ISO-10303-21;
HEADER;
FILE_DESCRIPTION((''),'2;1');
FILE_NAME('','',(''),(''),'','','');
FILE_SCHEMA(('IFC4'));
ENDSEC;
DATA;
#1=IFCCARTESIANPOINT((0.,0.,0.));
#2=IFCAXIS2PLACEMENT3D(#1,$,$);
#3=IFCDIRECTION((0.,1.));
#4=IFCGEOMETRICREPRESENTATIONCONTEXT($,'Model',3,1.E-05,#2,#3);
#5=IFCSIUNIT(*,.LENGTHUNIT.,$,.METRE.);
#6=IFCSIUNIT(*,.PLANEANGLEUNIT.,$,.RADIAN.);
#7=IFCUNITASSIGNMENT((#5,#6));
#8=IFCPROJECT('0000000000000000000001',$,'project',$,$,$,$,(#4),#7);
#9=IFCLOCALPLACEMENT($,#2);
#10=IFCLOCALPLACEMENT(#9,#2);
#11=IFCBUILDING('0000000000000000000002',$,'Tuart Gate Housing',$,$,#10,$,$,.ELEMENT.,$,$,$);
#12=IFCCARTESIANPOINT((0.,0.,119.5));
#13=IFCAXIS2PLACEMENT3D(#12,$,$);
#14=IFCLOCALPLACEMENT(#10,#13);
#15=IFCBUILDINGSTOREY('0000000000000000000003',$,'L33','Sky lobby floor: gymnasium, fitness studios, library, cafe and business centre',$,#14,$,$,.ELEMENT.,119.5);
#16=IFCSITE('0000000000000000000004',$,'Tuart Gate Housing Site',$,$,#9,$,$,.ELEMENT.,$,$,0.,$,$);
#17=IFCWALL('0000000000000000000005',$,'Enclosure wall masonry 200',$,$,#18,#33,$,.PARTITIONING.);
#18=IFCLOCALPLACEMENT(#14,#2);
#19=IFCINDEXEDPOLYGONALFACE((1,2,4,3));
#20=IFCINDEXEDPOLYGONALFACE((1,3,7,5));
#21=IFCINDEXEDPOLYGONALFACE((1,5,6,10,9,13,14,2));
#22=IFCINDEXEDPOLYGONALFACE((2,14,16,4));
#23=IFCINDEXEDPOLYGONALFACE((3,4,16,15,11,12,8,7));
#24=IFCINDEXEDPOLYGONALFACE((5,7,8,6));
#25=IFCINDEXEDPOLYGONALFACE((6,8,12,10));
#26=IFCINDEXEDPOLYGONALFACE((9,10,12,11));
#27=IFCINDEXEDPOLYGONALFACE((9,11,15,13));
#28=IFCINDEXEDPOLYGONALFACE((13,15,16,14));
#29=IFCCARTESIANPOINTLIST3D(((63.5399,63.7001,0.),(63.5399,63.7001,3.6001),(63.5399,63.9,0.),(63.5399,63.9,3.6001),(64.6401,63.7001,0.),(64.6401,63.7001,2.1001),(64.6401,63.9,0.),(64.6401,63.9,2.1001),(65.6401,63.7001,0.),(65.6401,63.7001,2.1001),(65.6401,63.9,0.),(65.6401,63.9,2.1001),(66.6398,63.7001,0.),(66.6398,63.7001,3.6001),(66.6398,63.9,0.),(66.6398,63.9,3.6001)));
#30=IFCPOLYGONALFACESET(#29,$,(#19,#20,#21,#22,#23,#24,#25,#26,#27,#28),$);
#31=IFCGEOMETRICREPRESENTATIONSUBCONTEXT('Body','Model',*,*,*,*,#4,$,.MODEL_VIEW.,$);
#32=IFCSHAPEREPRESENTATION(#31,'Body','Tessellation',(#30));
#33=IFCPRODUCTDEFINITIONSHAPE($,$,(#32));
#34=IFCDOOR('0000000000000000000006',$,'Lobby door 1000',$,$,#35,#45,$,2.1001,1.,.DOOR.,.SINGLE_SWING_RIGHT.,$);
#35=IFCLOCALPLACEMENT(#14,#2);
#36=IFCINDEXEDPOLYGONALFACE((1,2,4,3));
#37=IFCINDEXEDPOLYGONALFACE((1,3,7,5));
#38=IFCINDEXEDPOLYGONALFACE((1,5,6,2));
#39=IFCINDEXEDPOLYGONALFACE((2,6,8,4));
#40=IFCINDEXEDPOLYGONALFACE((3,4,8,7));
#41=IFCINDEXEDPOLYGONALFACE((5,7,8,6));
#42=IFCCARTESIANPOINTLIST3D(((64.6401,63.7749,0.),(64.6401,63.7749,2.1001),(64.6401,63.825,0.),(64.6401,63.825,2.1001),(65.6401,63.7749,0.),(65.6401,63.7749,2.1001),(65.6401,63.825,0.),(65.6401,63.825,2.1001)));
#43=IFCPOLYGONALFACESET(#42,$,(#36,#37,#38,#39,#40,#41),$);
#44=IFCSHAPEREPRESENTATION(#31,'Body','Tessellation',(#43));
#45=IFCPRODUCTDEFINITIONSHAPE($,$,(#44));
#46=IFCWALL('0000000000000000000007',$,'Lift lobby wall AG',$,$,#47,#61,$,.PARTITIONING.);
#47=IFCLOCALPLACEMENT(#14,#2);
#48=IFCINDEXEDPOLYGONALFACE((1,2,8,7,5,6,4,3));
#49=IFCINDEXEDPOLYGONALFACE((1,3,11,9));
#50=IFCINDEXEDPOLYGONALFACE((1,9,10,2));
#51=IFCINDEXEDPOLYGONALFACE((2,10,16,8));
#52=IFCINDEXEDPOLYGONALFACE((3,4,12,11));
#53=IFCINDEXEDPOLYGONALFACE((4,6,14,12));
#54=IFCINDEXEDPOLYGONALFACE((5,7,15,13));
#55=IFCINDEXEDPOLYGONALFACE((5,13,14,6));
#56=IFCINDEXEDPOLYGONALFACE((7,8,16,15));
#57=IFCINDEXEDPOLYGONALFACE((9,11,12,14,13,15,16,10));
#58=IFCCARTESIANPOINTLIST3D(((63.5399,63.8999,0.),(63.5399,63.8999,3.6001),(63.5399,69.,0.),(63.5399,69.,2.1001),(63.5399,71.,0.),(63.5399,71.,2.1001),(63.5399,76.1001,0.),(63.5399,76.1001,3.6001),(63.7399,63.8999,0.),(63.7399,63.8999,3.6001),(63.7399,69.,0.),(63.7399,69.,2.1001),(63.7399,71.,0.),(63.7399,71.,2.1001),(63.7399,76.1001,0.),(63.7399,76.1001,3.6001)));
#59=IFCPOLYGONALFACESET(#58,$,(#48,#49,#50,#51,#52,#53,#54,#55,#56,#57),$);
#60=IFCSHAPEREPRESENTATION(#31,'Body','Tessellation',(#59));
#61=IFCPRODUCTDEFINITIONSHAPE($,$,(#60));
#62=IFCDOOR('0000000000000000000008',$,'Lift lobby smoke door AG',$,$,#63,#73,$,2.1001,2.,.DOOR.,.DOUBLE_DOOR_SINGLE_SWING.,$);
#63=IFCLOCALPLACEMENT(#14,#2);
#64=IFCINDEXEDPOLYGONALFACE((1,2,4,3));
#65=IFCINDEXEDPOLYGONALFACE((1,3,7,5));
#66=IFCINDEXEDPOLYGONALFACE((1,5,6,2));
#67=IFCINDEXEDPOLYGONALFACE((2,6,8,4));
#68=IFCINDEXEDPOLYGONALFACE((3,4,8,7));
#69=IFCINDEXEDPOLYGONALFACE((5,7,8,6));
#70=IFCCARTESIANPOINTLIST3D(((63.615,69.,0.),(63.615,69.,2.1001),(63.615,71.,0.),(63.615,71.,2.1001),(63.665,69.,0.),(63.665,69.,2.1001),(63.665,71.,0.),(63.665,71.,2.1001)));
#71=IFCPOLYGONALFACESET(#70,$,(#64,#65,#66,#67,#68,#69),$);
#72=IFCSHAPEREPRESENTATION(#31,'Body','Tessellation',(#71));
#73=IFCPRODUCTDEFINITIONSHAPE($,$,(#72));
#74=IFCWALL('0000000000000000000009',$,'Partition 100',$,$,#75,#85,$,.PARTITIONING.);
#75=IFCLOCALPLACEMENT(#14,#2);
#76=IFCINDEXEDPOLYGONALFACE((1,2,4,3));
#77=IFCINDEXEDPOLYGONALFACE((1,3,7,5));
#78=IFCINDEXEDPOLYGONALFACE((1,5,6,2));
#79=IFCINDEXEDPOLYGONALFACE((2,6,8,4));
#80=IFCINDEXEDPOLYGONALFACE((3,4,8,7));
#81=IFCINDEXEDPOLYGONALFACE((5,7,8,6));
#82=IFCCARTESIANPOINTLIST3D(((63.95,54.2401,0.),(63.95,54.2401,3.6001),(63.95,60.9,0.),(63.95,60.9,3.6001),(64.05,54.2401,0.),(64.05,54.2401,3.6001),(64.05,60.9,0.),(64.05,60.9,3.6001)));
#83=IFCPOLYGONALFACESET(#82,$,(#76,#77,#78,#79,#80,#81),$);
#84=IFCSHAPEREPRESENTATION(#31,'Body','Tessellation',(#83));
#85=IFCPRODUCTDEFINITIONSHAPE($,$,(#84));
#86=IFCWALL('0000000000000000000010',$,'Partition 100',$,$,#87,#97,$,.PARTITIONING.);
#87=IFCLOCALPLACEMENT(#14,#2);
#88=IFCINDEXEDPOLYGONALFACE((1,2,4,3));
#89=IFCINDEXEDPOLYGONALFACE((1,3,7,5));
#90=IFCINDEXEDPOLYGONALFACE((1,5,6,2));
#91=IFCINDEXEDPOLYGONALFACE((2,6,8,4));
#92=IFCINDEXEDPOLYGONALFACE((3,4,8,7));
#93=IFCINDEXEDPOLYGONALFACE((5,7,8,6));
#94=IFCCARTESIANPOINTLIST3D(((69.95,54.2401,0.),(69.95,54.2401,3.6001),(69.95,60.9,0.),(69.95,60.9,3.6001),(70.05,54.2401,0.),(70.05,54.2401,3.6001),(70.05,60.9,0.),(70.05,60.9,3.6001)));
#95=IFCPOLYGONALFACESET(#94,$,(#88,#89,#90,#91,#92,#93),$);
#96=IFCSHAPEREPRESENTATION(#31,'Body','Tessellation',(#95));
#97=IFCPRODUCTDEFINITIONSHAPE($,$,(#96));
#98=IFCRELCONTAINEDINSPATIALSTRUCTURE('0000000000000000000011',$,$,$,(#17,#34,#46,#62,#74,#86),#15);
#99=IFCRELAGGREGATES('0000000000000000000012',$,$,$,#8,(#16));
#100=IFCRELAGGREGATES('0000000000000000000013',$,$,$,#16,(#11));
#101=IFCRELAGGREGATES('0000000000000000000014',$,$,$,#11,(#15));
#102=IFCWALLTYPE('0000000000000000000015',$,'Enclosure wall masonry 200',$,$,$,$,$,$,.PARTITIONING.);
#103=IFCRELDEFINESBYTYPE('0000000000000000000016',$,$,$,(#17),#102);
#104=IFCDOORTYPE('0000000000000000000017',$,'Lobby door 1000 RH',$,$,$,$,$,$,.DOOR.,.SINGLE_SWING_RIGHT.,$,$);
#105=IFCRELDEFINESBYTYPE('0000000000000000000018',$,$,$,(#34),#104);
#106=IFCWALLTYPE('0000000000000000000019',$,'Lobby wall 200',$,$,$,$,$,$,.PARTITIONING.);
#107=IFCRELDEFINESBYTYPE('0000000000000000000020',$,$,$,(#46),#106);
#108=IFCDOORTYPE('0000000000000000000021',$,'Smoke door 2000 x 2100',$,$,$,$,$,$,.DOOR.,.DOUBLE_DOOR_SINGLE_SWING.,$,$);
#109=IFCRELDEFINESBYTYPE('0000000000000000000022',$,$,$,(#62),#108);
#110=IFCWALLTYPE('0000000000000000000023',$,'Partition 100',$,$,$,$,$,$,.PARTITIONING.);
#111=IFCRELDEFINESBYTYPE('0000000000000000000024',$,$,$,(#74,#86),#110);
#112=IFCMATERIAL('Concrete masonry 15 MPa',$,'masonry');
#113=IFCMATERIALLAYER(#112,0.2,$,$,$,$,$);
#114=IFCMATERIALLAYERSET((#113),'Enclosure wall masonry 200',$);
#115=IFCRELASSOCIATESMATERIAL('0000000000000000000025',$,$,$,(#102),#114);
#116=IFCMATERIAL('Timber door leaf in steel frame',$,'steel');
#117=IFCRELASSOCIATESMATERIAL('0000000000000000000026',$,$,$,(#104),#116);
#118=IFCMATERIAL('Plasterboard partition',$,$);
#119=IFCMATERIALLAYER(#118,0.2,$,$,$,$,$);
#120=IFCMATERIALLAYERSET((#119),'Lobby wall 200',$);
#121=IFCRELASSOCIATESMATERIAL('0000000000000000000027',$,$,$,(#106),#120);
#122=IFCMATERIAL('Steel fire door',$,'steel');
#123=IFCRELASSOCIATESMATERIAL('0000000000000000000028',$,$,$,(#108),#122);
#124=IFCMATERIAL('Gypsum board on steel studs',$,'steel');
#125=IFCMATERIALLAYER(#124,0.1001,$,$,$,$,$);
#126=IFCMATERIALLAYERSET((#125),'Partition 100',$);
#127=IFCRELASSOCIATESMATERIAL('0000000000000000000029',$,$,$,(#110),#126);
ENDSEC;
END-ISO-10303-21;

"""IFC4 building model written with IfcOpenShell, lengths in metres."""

from ifc_helpers import new_model, si_unit, direction, frame, frame_2d, origin, place, context, subcontext, project, spatial, rectangle, extrude, material, layer, layer_set, type_object, element, fill, save


model = new_model("IFC4")

# Units and contexts
model_context = context("Model", 3, precision=1e-05, world=origin(), true_north=direction((0.0, 1.0)))
body_context = subcontext(model_context, "Body", "Model", "MODEL_VIEW")
ifc_project = project(units=[si_unit("LENGTHUNIT", "METRE"), si_unit("PLANEANGLEUNIT", "RADIAN")], contexts=[model_context])

# Site, building, storey
site_placement = place(None, origin())
site = spatial("IfcSite", under=ifc_project, at=site_placement, Name="Tuart Gate Housing Site", CompositionType="ELEMENT", RefElevation=0.0)
building_placement = place(site_placement, origin())
building = spatial("IfcBuilding", under=site, at=building_placement, Name="Tuart Gate Housing", CompositionType="ELEMENT")
storey_placement = place(building_placement, frame((0.0, 0.0, 119.5)))
storey = spatial("IfcBuildingStorey", under=building, at=storey_placement, Name="L33", Description="Sky lobby floor: gymnasium, fitness studios, library, cafe and business centre", CompositionType="ELEMENT", Elevation=119.5)

# Walls, openings, doors
ifc_material_1 = material(Name="Concrete masonry 15 MPa", Category="masonry")
ifc_layer_1 = layer(ifc_material_1, 0.2)
ifc_layer_set_1 = layer_set([ifc_layer_1], Name="Enclosure wall masonry 200")
wall_type_1 = type_object("IfcWallType", Name="Enclosure wall masonry 200", PredefinedType="PARTITIONING", material=ifc_layer_set_1)
wall_1_placement = place(storey_placement, frame((63.54, 63.8, 0.0), z_axis=(0.0, 0.0, 1.0), x_axis=(1.0, 0.0, 0.0)))
wall_1 = element("IfcWall", 1, at=wall_1_placement, inside=storey, type_object=wall_type_1, Name="Enclosure wall masonry 200", PredefinedType="PARTITIONING", context=body_context, shape_type="SweptSolid", body=[
    extrude(rectangle(XDim=3.0999, YDim=0.2, at=frame_2d((1.5498, 0.0))), origin(), (0.0, 0.0, 1.0), 3.6001),
])
opening_1_placement = place(wall_1_placement, frame((1.1001, 0.0, 0.0)))
opening_1 = element("IfcOpeningElement", 2, at=opening_1_placement, cuts=wall_1, PredefinedType="OPENING", context=body_context, shape_type="SweptSolid", body=[
    extrude(rectangle(XDim=1.0, YDim=2.1001, at=frame_2d((0.5, 1.05))), frame((0.0, 0.1099, 0.0), z_axis=(0.0, -1.0, 0.0), x_axis=(1.0, 0.0, 0.0)), (0.0, 0.0, 1.0), 0.22),
])
ifc_material_2 = material(Name="Timber door leaf in steel frame", Category="steel")
door_type_1 = type_object("IfcDoorType", Name="Lobby door 1000 RH", OperationType="SINGLE_SWING_RIGHT", PredefinedType="DOOR", material=ifc_material_2)
door_1_placement = place(opening_1_placement, frame((1.0, 0.0, 0.0), z_axis=(0.0, 0.0, 1.0), x_axis=(-1.0, 0.0, 0.0)))
door_1 = element("IfcDoor", 3, at=door_1_placement, inside=storey, type_object=door_type_1, Name="Lobby door 1000", OperationType="SINGLE_SWING_RIGHT", OverallHeight=2.1001, OverallWidth=1.0, PredefinedType="DOOR", context=body_context, shape_type="SweptSolid", body=[
    extrude(rectangle(XDim=1.0, YDim=2.1001, at=frame_2d((0.5, 1.05))), frame((0.0, 0.0251, 0.0), z_axis=(0.0, -1.0, 0.0), x_axis=(1.0, 0.0, 0.0)), (0.0, 0.0, 1.0), 0.05),
])
fill(opening_1, door_1)
ifc_material_3 = material(Name="Plasterboard partition")
ifc_layer_2 = layer(ifc_material_3, 0.2)
ifc_layer_set_2 = layer_set([ifc_layer_2], Name="Lobby wall 200")
wall_type_2 = type_object("IfcWallType", Name="Lobby wall 200", PredefinedType="PARTITIONING", material=ifc_layer_set_2)
wall_2_placement = place(storey_placement, frame((63.6399, 63.8999, 0.0), z_axis=(0.0, 0.0, 1.0), x_axis=(0.0, 1.0, 0.0)))
wall_2 = element("IfcWall", 4, at=wall_2_placement, inside=storey, type_object=wall_type_2, Name="Lift lobby wall AG", PredefinedType="PARTITIONING", context=body_context, shape_type="SweptSolid", body=[
    extrude(rectangle(XDim=12.2002, YDim=0.2, at=frame_2d((6.1001, 0.0))), origin(), (0.0, 0.0, 1.0), 3.6001),
])
opening_2_placement = place(wall_2_placement, frame((5.1001, 0.0, 0.0)))
opening_2 = element("IfcOpeningElement", 5, at=opening_2_placement, cuts=wall_2, PredefinedType="OPENING", context=body_context, shape_type="SweptSolid", body=[
    extrude(rectangle(XDim=2.0, YDim=2.1001, at=frame_2d((1.0, 1.05))), frame((0.0, 0.1099, 0.0), z_axis=(0.0, -1.0, 0.0), x_axis=(1.0, 0.0, 0.0)), (0.0, 0.0, 1.0), 0.22),
])
ifc_material_4 = material(Name="Steel fire door", Category="steel")
door_type_2 = type_object("IfcDoorType", Name="Smoke door 2000 x 2100", OperationType="DOUBLE_DOOR_SINGLE_SWING", PredefinedType="DOOR", material=ifc_material_4)
door_2_placement = place(opening_2_placement, frame((2.0, 0.0, 0.0), z_axis=(0.0, 0.0, 1.0), x_axis=(-1.0, 0.0, 0.0)))
door_2 = element("IfcDoor", 6, at=door_2_placement, inside=storey, type_object=door_type_2, Name="Lift lobby smoke door AG", OperationType="DOUBLE_DOOR_SINGLE_SWING", OverallHeight=2.1001, OverallWidth=2.0, PredefinedType="DOOR", context=body_context, shape_type="SweptSolid", body=[
    extrude(rectangle(XDim=2.0, YDim=2.1001, at=frame_2d((1.0, 1.05))), frame((0.0, 0.0251, 0.0), z_axis=(0.0, -1.0, 0.0), x_axis=(1.0, 0.0, 0.0)), (0.0, 0.0, 1.0), 0.05),
])
fill(opening_2, door_2)

# Walls
ifc_material_5 = material(Name="Gypsum board on steel studs", Category="steel")
ifc_layer_3 = layer(ifc_material_5, 0.1001)
ifc_layer_set_3 = layer_set([ifc_layer_3], Name="Partition 100")
wall_type_3 = type_object("IfcWallType", Name="Partition 100", PredefinedType="PARTITIONING", material=ifc_layer_set_3)
for number, where, z_axis, x_axis, name in (
    (7, (64.0, 54.24, 0.0), (0.0, 0.0, 1.0), (0.0, 1.0, 0.0), "Partition 100"),
    (8, (70.0, 54.24, 0.0), (0.0, 0.0, 1.0), (0.0, 1.0, 0.0), "Partition 100"),
):
    element("IfcWall", number, at=place(storey_placement, frame(where, z_axis=z_axis, x_axis=x_axis)), inside=storey, type_object=wall_type_3, Name=name, PredefinedType="PARTITIONING", context=body_context, shape_type="SweptSolid", body=[
        extrude(rectangle(XDim=6.6599, YDim=0.1001, at=frame_2d((3.3301, 0.0))), origin(), (0.0, 0.0, 1.0), 3.6001),
    ])

save(model, "model.ifc")
